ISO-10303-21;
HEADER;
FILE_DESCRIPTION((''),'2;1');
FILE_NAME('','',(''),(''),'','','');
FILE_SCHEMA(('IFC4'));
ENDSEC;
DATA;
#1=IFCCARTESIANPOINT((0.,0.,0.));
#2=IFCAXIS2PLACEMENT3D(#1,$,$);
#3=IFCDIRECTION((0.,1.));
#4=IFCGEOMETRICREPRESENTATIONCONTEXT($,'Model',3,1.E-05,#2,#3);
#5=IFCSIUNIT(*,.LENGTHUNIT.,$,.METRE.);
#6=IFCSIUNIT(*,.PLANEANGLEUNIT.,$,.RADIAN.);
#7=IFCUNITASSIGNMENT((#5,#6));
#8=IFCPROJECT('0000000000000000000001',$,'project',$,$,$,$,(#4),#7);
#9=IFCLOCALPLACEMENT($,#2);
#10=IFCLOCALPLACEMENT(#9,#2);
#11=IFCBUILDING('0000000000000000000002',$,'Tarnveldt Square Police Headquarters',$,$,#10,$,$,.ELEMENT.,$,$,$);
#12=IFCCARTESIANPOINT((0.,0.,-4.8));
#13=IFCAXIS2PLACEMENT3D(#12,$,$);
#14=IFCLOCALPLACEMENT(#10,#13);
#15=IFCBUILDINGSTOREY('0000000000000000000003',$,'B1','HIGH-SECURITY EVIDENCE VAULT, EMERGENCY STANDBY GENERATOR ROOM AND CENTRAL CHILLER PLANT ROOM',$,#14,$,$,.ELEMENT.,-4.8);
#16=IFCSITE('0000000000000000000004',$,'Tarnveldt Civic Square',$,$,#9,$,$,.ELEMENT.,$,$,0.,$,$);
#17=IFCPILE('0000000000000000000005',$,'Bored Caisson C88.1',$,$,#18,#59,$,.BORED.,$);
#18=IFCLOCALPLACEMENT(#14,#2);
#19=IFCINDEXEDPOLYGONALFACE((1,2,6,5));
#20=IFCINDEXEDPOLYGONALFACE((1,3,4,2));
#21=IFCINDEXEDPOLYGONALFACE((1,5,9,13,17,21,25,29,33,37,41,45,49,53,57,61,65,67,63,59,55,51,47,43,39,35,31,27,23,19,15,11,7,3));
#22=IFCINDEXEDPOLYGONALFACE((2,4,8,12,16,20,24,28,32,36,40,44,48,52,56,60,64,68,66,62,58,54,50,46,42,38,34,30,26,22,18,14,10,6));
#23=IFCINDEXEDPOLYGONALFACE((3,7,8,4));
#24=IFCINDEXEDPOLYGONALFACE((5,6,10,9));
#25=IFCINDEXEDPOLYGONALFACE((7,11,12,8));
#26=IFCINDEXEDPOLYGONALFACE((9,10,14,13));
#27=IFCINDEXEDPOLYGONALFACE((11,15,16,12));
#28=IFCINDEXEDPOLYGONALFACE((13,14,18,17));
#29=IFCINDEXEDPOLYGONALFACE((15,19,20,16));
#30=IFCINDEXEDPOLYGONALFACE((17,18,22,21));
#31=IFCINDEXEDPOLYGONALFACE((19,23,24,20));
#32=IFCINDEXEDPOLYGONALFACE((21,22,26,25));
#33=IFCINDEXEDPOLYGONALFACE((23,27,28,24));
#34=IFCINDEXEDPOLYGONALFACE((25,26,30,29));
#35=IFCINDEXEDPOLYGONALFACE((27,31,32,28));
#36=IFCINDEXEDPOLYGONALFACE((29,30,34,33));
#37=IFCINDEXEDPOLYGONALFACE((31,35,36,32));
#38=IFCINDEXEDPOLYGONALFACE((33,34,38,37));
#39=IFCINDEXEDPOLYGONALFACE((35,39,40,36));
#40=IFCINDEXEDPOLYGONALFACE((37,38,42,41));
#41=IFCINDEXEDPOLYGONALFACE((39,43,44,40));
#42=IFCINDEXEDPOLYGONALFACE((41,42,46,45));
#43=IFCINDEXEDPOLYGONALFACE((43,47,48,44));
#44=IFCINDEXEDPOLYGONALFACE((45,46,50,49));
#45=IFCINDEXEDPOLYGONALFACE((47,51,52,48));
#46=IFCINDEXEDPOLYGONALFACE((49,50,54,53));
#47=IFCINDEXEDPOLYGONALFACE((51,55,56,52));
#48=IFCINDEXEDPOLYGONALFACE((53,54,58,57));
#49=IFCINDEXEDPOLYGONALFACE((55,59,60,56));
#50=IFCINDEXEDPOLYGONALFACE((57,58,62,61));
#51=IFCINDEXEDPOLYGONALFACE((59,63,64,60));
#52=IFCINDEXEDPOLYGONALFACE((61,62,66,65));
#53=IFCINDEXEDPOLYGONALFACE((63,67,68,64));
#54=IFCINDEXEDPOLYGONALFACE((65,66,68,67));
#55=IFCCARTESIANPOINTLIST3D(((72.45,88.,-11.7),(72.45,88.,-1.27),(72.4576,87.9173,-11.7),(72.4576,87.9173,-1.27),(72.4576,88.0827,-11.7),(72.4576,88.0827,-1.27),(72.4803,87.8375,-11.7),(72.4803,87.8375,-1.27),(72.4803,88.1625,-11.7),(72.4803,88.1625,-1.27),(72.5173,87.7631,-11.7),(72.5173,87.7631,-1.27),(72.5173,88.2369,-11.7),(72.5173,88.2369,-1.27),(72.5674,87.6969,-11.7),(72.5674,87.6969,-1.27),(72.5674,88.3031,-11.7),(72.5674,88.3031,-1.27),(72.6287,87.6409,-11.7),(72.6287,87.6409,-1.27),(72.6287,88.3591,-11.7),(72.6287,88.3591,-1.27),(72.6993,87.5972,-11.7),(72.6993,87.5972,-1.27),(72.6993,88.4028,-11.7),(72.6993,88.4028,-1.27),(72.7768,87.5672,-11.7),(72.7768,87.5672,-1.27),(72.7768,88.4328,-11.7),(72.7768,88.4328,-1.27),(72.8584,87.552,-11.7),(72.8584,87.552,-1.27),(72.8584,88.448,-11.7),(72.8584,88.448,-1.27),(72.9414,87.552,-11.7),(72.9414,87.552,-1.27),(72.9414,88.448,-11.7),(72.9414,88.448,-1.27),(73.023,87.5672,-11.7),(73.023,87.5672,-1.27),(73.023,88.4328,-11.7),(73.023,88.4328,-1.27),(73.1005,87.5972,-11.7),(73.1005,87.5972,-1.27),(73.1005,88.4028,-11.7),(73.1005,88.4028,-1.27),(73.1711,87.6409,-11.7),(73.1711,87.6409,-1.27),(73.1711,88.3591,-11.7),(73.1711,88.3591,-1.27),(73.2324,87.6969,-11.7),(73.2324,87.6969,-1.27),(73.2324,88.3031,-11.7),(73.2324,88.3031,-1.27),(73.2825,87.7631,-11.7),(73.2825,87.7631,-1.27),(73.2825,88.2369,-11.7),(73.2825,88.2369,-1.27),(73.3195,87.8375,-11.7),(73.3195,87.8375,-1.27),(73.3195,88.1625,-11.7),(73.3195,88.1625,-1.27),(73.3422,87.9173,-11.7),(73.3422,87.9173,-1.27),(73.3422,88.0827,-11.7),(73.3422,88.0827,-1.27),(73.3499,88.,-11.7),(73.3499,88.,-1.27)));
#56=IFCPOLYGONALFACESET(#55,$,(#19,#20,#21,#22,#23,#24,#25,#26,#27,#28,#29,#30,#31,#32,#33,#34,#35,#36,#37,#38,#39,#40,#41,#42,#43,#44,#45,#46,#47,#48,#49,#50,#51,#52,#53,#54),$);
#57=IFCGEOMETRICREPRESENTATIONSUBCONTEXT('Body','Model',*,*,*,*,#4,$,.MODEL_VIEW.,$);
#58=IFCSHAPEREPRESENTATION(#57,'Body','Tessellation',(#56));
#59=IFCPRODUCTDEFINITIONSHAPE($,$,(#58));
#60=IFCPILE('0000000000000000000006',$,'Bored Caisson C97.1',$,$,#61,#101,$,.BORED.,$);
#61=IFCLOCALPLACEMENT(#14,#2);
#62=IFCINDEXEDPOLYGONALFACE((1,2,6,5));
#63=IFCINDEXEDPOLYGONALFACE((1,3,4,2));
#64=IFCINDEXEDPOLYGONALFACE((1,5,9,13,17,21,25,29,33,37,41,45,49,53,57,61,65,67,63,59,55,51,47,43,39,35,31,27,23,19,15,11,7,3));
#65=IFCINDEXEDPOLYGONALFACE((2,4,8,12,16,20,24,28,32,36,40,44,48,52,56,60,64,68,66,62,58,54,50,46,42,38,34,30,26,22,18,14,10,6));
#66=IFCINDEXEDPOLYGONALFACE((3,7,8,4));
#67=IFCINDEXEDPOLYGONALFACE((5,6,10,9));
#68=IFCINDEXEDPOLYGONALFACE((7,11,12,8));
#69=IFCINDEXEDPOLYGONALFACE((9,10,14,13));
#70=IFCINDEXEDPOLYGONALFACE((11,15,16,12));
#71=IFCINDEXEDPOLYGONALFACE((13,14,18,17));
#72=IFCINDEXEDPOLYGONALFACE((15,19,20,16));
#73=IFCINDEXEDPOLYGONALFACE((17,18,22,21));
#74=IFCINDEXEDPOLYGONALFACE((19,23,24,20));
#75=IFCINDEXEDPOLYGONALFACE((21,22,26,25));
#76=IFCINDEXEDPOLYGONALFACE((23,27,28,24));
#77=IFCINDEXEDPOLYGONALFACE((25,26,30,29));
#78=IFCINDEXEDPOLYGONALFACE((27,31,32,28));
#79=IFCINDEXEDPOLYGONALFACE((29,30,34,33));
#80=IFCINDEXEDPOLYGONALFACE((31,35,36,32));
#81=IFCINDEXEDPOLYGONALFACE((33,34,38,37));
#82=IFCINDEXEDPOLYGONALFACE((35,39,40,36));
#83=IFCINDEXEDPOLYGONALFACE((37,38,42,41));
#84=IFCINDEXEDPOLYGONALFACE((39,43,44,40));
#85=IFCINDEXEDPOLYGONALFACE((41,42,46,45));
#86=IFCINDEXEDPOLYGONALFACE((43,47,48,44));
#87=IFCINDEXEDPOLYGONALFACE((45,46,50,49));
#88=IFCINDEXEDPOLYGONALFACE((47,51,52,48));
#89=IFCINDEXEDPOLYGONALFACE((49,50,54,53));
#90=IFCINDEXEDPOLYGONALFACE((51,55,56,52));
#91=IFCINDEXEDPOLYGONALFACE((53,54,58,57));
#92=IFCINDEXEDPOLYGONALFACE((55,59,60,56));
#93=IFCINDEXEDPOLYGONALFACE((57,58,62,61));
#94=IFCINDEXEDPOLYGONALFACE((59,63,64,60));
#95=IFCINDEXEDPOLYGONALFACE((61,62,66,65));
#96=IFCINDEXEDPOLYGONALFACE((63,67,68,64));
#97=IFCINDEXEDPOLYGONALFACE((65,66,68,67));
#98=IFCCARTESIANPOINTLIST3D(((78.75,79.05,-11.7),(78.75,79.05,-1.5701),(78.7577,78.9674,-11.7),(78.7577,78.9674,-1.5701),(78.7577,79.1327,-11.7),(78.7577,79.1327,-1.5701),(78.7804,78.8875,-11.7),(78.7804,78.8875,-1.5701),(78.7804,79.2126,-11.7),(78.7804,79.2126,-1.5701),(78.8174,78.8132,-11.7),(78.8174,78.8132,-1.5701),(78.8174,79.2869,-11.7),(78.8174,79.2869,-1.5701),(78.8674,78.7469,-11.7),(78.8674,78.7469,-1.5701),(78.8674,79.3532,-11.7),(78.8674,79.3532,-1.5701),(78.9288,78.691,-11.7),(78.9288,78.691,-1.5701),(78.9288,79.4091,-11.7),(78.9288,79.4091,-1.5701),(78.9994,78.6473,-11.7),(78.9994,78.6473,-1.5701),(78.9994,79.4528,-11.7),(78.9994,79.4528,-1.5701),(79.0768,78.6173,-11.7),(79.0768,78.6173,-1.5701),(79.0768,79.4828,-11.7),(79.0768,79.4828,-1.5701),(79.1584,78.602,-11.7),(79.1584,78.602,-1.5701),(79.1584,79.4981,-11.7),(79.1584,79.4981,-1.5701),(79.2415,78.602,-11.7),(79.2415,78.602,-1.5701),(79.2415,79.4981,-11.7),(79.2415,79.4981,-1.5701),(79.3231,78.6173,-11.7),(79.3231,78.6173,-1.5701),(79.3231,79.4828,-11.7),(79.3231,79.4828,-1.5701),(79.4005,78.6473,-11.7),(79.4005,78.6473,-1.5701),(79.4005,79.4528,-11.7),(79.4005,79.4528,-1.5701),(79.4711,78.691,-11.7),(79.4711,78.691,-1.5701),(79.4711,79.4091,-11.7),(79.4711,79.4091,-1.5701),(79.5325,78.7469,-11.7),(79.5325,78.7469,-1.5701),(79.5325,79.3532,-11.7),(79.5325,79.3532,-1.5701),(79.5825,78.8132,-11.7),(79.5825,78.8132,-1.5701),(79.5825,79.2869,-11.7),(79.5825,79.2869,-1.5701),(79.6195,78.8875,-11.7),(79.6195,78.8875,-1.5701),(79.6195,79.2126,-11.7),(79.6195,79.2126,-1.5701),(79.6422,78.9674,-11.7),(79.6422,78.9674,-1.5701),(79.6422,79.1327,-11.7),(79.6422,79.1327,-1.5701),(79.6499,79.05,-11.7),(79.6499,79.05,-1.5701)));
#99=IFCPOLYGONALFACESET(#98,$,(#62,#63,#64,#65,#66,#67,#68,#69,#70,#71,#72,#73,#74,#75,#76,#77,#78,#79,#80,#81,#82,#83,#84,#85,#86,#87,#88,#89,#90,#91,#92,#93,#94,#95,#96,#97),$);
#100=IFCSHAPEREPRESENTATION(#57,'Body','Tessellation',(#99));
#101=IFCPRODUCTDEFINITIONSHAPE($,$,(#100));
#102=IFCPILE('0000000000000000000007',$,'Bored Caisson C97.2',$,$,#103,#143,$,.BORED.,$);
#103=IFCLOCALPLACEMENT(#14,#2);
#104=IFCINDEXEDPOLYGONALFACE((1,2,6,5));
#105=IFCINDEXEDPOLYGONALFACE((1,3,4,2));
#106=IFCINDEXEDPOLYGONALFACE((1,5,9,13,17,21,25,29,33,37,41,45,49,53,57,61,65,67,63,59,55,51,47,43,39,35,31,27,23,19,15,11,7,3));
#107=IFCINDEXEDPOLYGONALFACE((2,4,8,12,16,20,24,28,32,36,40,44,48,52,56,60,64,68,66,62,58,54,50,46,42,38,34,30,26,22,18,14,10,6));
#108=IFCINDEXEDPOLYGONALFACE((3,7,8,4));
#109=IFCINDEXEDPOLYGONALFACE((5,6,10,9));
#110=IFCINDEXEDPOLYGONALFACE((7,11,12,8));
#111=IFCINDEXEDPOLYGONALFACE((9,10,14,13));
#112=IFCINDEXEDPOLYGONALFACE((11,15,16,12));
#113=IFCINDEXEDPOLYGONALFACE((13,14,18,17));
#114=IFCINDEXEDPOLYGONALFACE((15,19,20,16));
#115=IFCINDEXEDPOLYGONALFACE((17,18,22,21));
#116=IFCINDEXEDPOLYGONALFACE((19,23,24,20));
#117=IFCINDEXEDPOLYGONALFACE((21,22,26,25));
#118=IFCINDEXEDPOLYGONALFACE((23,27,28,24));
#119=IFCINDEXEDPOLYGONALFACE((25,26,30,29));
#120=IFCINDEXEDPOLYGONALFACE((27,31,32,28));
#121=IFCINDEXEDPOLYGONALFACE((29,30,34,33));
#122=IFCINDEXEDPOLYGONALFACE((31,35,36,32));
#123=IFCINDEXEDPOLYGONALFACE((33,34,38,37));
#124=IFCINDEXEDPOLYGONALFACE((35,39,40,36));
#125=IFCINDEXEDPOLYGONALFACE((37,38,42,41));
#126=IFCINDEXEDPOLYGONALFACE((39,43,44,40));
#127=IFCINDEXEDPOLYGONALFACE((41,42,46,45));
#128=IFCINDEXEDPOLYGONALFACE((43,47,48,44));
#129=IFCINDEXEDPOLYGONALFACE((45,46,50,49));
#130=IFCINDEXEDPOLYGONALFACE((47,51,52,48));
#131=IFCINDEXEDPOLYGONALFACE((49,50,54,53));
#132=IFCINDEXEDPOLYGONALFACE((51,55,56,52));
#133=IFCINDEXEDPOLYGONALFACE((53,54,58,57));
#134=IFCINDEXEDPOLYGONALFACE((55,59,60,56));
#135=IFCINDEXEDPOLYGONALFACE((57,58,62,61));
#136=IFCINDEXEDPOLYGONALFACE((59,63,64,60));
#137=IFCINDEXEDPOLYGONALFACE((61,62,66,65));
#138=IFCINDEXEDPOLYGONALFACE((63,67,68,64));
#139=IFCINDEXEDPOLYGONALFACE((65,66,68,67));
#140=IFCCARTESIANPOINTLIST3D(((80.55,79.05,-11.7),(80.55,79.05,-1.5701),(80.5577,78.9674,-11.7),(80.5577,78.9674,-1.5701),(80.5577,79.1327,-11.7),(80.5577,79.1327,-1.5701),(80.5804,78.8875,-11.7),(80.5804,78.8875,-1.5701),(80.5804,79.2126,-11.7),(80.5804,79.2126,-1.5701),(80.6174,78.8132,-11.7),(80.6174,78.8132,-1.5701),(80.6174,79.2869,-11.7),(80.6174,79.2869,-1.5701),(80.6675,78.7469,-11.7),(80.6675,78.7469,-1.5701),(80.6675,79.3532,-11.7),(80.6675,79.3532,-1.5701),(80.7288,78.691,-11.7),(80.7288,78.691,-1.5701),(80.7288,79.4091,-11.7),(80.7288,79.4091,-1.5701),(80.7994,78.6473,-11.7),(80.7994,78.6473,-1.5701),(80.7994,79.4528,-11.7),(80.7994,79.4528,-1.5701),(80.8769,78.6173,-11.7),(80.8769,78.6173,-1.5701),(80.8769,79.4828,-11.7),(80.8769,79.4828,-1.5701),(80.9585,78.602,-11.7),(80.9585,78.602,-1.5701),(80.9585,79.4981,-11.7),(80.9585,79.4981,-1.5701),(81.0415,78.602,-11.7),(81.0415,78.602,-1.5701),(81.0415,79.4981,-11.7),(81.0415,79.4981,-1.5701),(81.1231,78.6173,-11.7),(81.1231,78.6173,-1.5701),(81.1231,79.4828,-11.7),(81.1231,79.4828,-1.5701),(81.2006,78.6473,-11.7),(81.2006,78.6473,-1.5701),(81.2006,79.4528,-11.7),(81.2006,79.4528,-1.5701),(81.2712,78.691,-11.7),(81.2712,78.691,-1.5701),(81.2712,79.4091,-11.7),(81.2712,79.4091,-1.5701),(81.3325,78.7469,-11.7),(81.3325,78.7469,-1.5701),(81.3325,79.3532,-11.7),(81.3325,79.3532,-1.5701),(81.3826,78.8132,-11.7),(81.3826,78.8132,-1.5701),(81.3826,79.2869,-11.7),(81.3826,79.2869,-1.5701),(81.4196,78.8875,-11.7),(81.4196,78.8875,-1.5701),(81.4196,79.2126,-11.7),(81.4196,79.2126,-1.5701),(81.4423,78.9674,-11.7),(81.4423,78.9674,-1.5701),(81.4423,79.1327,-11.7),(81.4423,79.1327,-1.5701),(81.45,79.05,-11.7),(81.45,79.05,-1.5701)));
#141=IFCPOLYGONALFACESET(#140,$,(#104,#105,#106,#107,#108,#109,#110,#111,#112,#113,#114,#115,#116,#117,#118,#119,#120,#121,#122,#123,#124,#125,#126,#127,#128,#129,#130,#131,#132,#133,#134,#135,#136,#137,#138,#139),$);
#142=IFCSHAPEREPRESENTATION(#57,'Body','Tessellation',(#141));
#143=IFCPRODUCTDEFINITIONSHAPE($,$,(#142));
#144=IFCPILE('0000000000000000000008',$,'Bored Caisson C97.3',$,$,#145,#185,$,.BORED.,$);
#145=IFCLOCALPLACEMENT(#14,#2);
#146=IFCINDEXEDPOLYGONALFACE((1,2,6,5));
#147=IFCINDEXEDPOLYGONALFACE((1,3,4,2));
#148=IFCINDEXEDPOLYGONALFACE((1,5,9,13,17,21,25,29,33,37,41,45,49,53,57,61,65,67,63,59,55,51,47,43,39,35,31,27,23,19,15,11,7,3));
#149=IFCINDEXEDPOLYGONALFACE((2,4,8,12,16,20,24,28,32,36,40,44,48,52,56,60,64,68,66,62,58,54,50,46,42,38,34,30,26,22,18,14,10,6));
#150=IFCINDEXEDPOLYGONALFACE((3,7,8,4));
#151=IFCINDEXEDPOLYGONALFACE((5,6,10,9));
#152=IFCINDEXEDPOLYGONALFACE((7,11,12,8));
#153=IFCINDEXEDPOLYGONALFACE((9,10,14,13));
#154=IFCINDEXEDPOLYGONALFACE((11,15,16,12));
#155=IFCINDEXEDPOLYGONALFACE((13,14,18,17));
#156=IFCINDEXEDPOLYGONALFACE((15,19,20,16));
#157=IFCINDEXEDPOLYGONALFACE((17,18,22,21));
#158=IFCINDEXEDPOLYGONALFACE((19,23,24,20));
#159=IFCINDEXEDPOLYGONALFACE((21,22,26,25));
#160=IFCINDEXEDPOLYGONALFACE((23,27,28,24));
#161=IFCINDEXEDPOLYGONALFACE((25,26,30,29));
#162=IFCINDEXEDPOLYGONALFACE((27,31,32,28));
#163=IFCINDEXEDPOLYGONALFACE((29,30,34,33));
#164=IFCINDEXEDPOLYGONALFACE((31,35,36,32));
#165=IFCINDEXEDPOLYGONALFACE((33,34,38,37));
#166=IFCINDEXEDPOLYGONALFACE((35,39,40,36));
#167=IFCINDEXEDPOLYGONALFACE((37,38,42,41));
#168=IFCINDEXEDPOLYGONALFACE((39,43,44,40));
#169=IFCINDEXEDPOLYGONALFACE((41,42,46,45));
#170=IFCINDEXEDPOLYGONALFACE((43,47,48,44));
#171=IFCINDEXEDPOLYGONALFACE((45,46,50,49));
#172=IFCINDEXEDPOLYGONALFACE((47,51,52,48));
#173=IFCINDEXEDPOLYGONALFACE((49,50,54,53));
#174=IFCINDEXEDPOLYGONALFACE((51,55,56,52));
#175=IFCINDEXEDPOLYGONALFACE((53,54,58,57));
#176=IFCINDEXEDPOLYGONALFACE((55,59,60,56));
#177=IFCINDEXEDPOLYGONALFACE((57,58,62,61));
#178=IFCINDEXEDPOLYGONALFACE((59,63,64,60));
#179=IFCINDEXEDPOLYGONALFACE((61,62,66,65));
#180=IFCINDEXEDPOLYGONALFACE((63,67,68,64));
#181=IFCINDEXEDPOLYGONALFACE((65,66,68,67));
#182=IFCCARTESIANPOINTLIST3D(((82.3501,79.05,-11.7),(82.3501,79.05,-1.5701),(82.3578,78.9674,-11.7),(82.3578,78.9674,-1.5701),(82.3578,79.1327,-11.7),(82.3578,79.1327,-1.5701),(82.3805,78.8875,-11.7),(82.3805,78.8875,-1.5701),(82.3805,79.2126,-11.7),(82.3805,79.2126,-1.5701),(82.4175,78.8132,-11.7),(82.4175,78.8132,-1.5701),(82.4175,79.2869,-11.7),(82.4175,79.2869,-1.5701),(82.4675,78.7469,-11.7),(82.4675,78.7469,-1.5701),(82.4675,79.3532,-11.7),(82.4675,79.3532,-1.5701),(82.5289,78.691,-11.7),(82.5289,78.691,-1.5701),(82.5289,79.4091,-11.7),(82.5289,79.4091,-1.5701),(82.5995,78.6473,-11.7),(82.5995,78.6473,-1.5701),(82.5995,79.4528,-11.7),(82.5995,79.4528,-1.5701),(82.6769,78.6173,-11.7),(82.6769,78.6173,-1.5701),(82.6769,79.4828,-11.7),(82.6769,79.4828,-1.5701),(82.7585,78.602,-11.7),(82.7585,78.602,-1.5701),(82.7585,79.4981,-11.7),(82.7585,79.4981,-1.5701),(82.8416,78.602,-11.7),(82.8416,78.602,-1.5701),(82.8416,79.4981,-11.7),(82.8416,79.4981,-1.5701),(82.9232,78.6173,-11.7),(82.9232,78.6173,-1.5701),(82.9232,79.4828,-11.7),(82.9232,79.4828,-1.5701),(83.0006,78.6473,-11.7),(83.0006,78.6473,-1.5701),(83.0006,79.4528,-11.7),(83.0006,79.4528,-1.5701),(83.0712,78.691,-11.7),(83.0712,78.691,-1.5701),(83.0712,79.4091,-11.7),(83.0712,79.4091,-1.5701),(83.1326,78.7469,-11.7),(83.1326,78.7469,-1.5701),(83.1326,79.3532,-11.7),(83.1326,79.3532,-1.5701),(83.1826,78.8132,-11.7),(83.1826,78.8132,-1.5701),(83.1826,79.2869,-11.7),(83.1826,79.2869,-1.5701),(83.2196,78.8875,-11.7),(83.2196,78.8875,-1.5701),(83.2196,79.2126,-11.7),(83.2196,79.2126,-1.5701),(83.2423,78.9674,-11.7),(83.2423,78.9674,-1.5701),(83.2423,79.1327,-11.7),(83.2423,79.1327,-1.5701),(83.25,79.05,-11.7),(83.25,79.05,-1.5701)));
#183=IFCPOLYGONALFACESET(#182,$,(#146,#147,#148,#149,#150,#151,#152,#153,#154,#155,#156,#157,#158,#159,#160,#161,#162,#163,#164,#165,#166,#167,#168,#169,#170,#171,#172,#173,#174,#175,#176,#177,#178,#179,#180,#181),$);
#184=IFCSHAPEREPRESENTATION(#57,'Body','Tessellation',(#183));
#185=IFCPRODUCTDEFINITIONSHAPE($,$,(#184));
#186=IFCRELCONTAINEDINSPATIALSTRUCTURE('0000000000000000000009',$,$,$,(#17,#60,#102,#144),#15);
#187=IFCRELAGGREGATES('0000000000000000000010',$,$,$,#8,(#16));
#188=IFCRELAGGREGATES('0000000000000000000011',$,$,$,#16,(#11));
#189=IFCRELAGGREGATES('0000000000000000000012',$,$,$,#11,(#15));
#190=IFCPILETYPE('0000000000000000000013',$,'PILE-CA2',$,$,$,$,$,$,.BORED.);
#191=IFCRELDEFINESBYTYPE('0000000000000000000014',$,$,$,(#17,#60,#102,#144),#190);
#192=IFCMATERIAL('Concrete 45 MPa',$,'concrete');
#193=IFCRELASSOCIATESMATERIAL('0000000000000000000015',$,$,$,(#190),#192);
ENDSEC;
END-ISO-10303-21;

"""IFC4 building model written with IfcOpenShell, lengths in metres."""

from ifc_helpers import new_model, si_unit, direction, frame, origin, origin_2d, place, context, subcontext, project, spatial, circle, extrude, material, material_profile, profile_set, type_object, element, save


model = new_model("IFC4")

# Units and contexts
model_context = context("Model", 3, precision=1e-05, world=origin(), true_north=direction((0.0, 1.0)))
body_context = subcontext(model_context, "Body", "Model", "MODEL_VIEW")
ifc_project = project(units=[si_unit("LENGTHUNIT", "METRE"), si_unit("PLANEANGLEUNIT", "RADIAN")], contexts=[model_context])

# Site, building, storey
site_placement = place(None, origin())
site = spatial("IfcSite", under=ifc_project, at=site_placement, Name="Tarnveldt Civic Square", CompositionType="ELEMENT", RefElevation=0.0)
building_placement = place(site_placement, origin())
building = spatial("IfcBuilding", under=site, at=building_placement, Name="Tarnveldt Square Police Headquarters", CompositionType="ELEMENT")
storey_placement = place(building_placement, frame((0.0, 0.0, -4.8)))
storey = spatial("IfcBuildingStorey", under=building, at=storey_placement, Name="B1", Description="HIGH-SECURITY EVIDENCE VAULT, EMERGENCY STANDBY GENERATOR ROOM AND CENTRAL CHILLER PLANT ROOM", CompositionType="ELEMENT", Elevation=-4.8)

# Shared definitions
ifc_material_1 = material(Name="Concrete 45 MPa", Category="concrete")

# Piles
ifc_material_profile_1 = material_profile(ifc_material_1, circle(Radius=0.45, at=origin_2d()), Name="CAISSON-D900")
ifc_profile_set_1 = profile_set([ifc_material_profile_1], Name="Concrete 45 MPa")
pile_type_1 = type_object("IfcPileType", Name="PILE-CA2", PredefinedType="BORED", material=ifc_profile_set_1)
pile_1_placement = place(storey_placement, frame((72.8999, 88.0, -1.27), z_axis=(0.0, 0.0, -1.0), x_axis=(1.0, 0.0, 0.0)))
element("IfcPile", 1, at=pile_1_placement, inside=storey, type_object=pile_type_1, Name="Bored Caisson C88.1", PredefinedType="BORED", context=body_context, shape_type="SweptSolid", body=[
    extrude(circle(Radius=0.45, at=origin_2d()), origin(), (0.0, 0.0, 1.0), 10.4299),
])
for number, where, z_axis, x_axis, name in (
    (2, (79.2, 79.05, -1.5701), (0.0, 0.0, -1.0), (1.0, 0.0, 0.0), "Bored Caisson C97.1"),
    (3, (81.0, 79.05, -1.5701), (0.0, 0.0, -1.0), (1.0, 0.0, 0.0), "Bored Caisson C97.2"),
    (4, (82.8, 79.05, -1.5701), (0.0, 0.0, -1.0), (1.0, 0.0, 0.0), "Bored Caisson C97.3"),
):
    element("IfcPile", number, at=place(storey_placement, frame(where, z_axis=z_axis, x_axis=x_axis)), inside=storey, type_object=pile_type_1, Name=name, PredefinedType="BORED", context=body_context, shape_type="SweptSolid", body=[
        extrude(circle(Radius=0.45, at=origin_2d()), origin(), (0.0, 0.0, 1.0), 10.1299),
    ])

save(model, "model.ifc")
